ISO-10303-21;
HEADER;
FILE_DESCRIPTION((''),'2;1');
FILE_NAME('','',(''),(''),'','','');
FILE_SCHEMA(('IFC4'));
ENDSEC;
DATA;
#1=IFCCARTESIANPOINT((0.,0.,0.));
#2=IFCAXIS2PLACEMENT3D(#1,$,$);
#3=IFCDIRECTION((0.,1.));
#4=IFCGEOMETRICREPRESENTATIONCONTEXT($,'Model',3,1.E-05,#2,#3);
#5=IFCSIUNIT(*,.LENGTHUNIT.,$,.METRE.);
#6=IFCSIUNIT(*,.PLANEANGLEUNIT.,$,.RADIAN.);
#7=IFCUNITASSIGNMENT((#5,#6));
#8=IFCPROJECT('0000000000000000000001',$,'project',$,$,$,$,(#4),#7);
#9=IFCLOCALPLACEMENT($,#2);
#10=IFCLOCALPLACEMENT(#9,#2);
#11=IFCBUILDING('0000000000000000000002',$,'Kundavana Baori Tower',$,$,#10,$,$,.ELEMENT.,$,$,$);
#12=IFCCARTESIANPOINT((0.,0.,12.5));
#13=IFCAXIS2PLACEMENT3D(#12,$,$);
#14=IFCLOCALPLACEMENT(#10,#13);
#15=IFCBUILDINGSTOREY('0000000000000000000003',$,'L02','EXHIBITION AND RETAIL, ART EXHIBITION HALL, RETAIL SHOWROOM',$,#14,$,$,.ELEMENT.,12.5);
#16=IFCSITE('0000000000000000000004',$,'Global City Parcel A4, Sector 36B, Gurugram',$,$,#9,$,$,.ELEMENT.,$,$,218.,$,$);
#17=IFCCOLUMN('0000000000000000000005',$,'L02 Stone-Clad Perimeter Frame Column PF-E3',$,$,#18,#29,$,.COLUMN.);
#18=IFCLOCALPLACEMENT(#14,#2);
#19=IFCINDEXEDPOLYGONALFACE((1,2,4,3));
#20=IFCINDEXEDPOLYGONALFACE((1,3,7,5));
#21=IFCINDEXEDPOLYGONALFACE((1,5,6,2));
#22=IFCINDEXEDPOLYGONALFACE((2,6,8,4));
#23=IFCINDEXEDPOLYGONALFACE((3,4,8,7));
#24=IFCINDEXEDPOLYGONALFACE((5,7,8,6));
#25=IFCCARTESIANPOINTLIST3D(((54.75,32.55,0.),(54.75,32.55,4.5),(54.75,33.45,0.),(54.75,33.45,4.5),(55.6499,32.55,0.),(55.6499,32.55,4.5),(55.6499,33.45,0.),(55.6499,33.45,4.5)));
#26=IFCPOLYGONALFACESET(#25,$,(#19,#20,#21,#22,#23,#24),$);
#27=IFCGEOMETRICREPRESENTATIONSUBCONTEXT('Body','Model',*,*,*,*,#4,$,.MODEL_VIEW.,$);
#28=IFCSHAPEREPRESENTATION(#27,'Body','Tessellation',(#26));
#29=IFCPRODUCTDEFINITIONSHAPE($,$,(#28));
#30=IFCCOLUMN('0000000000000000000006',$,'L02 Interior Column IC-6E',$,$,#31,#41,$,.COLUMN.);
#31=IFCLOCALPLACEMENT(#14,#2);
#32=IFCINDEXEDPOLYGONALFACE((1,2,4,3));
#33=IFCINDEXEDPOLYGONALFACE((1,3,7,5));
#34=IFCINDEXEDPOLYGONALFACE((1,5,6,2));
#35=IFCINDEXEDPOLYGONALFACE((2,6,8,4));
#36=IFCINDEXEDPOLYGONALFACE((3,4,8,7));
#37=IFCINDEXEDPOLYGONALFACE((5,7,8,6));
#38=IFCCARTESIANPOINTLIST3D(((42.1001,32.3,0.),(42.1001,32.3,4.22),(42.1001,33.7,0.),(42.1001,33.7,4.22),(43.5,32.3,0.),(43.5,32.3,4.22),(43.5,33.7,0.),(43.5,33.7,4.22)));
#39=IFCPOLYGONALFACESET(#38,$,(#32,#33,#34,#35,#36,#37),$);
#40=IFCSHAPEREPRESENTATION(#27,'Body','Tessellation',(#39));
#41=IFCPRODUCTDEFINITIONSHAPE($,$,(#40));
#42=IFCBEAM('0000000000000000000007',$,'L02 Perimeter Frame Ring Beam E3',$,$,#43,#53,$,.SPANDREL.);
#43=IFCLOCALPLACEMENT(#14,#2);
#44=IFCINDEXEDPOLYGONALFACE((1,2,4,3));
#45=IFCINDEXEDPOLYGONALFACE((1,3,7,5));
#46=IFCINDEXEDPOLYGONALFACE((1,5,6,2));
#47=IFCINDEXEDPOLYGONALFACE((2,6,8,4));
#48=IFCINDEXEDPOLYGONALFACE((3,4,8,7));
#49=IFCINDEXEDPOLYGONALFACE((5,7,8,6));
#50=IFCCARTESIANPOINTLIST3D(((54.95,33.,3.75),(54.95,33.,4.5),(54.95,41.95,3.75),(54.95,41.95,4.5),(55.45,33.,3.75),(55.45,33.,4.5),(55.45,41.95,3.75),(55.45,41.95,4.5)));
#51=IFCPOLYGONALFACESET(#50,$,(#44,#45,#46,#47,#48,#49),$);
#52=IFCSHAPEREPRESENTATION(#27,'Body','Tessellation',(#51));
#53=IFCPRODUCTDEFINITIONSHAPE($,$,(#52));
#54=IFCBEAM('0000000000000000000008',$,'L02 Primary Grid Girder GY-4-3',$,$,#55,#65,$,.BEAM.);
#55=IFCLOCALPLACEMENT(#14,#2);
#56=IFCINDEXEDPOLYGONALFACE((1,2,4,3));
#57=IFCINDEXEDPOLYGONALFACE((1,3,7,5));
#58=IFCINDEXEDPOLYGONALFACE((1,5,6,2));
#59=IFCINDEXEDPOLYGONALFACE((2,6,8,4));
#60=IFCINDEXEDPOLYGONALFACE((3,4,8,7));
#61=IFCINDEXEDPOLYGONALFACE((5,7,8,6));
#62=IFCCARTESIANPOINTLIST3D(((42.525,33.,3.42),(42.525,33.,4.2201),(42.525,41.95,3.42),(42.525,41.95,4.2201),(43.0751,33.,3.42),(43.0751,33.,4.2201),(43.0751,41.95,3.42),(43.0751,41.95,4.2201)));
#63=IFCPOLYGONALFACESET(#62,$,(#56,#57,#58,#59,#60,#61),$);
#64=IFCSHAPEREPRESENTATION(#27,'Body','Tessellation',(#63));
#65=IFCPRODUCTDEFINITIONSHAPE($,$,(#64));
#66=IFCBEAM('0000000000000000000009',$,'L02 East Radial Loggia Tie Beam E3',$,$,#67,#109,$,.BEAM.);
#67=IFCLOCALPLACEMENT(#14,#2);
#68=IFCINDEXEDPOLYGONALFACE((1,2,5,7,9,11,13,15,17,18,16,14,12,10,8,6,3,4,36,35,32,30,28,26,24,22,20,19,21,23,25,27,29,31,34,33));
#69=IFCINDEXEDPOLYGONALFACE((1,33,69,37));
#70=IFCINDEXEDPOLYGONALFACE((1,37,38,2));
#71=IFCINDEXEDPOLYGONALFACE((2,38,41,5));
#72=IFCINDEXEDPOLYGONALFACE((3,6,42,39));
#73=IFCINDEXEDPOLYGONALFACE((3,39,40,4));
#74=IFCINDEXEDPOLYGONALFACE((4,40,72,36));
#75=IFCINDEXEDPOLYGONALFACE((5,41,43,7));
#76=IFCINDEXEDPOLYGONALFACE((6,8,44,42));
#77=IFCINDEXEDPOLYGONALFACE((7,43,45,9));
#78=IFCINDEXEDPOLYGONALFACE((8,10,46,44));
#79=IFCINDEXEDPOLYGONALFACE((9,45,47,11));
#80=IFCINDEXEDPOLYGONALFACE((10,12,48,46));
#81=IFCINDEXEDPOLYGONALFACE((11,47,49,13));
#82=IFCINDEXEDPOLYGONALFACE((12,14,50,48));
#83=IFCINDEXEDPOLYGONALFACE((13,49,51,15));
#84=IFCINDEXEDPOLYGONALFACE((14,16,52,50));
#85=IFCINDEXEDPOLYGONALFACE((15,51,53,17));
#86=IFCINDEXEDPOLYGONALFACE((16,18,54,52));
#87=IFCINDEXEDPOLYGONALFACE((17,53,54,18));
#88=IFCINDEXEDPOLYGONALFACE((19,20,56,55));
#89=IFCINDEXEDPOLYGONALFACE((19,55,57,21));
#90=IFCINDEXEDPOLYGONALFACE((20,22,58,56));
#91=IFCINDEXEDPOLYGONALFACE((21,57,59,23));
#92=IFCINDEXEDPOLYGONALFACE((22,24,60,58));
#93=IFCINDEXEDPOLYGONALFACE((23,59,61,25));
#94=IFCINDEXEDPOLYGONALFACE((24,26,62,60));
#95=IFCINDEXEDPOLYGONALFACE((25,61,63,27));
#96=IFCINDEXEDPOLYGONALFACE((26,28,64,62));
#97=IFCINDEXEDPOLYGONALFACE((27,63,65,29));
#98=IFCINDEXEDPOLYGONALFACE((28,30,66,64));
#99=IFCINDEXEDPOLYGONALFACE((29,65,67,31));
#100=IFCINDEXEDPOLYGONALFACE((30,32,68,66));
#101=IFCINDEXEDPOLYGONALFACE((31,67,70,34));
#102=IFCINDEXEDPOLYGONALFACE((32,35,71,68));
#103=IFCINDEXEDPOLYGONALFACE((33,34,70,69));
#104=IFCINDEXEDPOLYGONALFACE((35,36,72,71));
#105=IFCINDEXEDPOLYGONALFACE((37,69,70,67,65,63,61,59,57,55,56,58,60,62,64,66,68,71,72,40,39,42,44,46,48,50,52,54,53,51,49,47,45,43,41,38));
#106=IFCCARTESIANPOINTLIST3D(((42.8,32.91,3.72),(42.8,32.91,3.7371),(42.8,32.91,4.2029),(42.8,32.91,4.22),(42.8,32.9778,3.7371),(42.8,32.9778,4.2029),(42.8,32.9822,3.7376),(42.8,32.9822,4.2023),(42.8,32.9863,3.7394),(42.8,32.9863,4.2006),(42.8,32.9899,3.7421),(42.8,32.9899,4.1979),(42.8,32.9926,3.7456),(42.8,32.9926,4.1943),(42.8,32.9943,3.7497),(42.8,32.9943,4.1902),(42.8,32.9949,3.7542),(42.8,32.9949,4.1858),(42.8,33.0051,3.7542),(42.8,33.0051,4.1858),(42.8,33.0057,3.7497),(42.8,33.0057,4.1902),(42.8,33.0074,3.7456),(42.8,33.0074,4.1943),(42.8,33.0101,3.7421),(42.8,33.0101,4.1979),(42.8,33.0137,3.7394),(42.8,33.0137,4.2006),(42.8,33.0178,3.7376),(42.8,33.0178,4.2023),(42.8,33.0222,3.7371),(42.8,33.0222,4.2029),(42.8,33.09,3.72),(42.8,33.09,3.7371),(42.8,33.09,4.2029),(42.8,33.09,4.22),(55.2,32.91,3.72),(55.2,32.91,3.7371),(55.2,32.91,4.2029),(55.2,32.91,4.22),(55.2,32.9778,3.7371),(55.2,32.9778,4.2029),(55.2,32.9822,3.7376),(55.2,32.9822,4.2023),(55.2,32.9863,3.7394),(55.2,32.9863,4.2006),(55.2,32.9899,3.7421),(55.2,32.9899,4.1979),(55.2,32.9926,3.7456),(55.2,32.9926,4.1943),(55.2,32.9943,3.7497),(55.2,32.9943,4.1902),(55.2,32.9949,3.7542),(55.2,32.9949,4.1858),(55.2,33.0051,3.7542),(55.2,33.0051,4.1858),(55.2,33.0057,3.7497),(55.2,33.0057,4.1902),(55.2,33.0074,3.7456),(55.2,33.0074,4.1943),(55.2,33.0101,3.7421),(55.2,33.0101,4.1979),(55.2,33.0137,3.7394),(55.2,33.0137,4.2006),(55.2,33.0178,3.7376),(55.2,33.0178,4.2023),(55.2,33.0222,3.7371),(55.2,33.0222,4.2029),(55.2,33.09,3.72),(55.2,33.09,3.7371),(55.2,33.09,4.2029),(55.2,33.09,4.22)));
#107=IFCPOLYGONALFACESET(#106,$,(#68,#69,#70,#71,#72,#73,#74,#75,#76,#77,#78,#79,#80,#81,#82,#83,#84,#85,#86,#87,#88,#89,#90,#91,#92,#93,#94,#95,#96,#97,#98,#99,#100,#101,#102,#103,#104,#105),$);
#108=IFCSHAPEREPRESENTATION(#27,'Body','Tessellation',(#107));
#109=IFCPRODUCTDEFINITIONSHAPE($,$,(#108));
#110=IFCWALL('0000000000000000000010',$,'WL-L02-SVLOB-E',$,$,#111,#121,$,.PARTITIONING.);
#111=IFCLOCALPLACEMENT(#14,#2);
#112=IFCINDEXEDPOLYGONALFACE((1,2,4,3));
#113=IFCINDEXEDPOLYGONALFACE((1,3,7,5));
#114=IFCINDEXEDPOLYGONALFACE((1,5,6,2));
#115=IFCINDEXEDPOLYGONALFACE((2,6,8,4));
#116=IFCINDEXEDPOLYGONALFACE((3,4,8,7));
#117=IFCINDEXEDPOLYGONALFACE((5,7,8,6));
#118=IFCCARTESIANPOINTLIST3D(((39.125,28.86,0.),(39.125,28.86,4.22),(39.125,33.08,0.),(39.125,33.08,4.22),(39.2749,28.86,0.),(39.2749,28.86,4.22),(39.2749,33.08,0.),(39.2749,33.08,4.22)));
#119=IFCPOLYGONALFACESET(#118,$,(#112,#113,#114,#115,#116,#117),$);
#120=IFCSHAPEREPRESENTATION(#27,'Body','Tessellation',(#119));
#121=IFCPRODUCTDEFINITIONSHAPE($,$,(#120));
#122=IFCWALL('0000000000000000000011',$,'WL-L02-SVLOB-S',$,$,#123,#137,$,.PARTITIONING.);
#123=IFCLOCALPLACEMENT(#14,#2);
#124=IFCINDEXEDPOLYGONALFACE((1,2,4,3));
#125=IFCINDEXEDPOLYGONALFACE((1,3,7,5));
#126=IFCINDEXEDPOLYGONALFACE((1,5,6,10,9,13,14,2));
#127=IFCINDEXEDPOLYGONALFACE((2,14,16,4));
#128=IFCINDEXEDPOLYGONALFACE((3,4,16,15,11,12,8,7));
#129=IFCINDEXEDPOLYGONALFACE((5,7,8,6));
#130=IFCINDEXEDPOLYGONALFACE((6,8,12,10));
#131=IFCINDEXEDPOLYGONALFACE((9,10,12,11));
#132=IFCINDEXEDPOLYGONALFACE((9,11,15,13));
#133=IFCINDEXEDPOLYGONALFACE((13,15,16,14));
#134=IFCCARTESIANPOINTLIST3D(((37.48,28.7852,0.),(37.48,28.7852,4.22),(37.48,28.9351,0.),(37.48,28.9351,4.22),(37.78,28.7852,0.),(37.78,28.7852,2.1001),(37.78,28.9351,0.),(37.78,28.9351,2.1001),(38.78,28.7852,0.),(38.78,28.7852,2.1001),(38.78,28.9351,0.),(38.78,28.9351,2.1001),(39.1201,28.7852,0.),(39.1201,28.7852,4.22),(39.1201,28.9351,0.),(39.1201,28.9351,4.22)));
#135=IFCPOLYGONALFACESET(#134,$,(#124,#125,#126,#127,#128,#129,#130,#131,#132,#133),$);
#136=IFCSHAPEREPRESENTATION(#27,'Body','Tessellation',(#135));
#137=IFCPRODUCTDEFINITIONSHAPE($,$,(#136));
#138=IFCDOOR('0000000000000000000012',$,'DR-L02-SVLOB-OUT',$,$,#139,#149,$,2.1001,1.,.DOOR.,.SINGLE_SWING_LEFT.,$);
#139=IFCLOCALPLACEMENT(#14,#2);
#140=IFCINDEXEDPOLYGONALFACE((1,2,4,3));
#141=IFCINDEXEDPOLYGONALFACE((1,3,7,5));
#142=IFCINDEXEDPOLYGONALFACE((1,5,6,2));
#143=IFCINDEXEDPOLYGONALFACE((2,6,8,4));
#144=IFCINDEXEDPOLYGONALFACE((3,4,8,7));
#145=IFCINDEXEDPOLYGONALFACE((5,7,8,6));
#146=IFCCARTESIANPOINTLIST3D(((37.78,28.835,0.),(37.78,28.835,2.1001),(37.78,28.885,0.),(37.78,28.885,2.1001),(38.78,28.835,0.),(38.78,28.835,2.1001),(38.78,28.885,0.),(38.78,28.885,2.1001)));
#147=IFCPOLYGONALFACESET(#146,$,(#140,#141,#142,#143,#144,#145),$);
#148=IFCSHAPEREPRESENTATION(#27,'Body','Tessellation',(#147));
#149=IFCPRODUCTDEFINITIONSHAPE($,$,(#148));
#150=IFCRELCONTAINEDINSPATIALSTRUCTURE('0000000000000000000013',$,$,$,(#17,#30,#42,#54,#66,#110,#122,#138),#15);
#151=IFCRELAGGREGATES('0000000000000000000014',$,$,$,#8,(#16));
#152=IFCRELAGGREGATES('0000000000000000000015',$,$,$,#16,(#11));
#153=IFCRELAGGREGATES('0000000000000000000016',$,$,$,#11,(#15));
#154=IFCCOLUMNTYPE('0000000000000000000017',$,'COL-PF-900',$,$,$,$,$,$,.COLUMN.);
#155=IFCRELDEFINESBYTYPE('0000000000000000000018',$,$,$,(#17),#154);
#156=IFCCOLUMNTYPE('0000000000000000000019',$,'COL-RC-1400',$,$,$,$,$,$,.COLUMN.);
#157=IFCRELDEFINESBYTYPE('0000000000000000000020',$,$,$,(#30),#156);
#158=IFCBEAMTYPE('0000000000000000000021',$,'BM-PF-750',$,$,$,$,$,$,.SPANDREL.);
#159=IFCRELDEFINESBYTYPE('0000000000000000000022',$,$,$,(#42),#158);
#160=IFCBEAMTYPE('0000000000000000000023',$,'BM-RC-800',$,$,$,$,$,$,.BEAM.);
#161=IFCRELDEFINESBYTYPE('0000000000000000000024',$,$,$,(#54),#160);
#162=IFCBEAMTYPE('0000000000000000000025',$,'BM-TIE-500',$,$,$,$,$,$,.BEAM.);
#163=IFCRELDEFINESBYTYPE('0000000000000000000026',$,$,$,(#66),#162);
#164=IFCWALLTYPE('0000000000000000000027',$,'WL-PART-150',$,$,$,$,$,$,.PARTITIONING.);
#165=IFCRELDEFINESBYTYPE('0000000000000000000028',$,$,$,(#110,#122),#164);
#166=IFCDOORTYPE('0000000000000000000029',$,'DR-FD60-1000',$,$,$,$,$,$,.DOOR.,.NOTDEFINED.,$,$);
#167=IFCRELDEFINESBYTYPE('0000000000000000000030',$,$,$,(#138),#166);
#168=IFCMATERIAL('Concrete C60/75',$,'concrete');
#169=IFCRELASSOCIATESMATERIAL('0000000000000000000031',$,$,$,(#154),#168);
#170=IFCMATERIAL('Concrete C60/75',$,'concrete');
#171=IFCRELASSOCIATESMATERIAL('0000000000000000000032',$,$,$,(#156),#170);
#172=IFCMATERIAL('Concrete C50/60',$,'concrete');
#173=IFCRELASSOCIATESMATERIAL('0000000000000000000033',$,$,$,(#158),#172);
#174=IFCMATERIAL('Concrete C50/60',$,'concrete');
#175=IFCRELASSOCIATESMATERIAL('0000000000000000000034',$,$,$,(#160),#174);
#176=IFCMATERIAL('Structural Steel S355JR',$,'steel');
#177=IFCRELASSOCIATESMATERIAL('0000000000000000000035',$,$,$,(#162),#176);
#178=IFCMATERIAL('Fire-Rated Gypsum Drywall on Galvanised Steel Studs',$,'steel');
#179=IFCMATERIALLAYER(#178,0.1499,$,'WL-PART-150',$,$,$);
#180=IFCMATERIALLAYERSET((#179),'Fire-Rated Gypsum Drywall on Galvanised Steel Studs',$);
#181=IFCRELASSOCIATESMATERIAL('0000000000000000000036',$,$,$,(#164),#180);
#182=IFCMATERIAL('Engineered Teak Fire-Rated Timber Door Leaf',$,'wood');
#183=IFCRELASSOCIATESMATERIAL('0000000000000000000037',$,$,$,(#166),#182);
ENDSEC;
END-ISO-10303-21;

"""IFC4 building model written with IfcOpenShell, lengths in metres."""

from ifc_helpers import new_model, si_unit, direction, frame, frame_2d, origin, origin_2d, place, context, subcontext, project, spatial, rectangle, i_section, extrude, material, layer, layer_set, material_profile, profile_set, type_object, element, fill, save


model = new_model("IFC4")

# Units and contexts
model_context = context("Model", 3, precision=1e-05, world=origin(), true_north=direction((0.0, 1.0)))
body_context = subcontext(model_context, "Body", "Model", "MODEL_VIEW")
ifc_project = project(units=[si_unit("LENGTHUNIT", "METRE"), si_unit("PLANEANGLEUNIT", "RADIAN")], contexts=[model_context])

# Site, building, storey
site_placement = place(None, origin())
site = spatial("IfcSite", under=ifc_project, at=site_placement, Name="Global City Parcel A4, Sector 36B, Gurugram", CompositionType="ELEMENT", RefElevation=218.0)
building_placement = place(site_placement, origin())
building = spatial("IfcBuilding", under=site, at=building_placement, Name="Kundavana Baori Tower", CompositionType="ELEMENT")
storey_placement = place(building_placement, frame((0.0, 0.0, 12.5)))
storey = spatial("IfcBuildingStorey", under=building, at=storey_placement, Name="L02", Description="EXHIBITION AND RETAIL, ART EXHIBITION HALL, RETAIL SHOWROOM", CompositionType="ELEMENT", Elevation=12.5)

# Columns
ifc_material_1 = material(Name="Concrete C60/75", Category="concrete")
ifc_material_profile_1 = material_profile(ifc_material_1, rectangle(XDim=0.8999, YDim=0.8999, at=origin_2d()), Name="RC PF 900x900")
ifc_profile_set_1 = profile_set([ifc_material_profile_1], Name="Concrete C60/75")
column_type_1 = type_object("IfcColumnType", Name="COL-PF-900", PredefinedType="COLUMN", material=ifc_profile_set_1)
column_1_placement = place(storey_placement, frame((55.2, 33.0, 0.0), z_axis=(0.0, 0.0, 1.0), x_axis=(1.0, 0.0, 0.0)))
element("IfcColumn", 1, at=column_1_placement, inside=storey, type_object=column_type_1, Name="L02 Stone-Clad Perimeter Frame Column PF-E3", PredefinedType="COLUMN", context=body_context, shape_type="SweptSolid", body=[
    extrude(rectangle(XDim=0.8999, YDim=0.8999, at=origin_2d()), origin(), (0.0, 0.0, 1.0), 4.5),
])
ifc_material_2 = material(Name="Concrete C60/75", Category="concrete")
ifc_material_profile_2 = material_profile(ifc_material_2, rectangle(XDim=1.3999, YDim=1.3999, at=origin_2d()), Name="RC 1400x1400")
ifc_profile_set_2 = profile_set([ifc_material_profile_2], Name="Concrete C60/75")
column_type_2 = type_object("IfcColumnType", Name="COL-RC-1400", PredefinedType="COLUMN", material=ifc_profile_set_2)
column_2_placement = place(storey_placement, frame((42.8, 33.0, 0.0), z_axis=(0.0, 0.0, 1.0), x_axis=(1.0, 0.0, 0.0)))
element("IfcColumn", 2, at=column_2_placement, inside=storey, type_object=column_type_2, Name="L02 Interior Column IC-6E", PredefinedType="COLUMN", context=body_context, shape_type="SweptSolid", body=[
    extrude(rectangle(XDim=1.3999, YDim=1.3999, at=origin_2d()), origin(), (0.0, 0.0, 1.0), 4.22),
])

# Beams
ifc_material_3 = material(Name="Concrete C50/60", Category="concrete")
ifc_material_profile_3 = material_profile(ifc_material_3, rectangle(XDim=0.5, YDim=0.75, at=origin_2d()), Name="RC BM 500x750")
ifc_profile_set_3 = profile_set([ifc_material_profile_3], Name="Concrete C50/60")
beam_type_1 = type_object("IfcBeamType", Name="BM-PF-750", PredefinedType="SPANDREL", material=ifc_profile_set_3)
beam_1_placement = place(storey_placement, frame((55.2, 33.0, 4.125), z_axis=(0.0, 1.0, 0.0), x_axis=(-1.0, 0.0, 0.0)))
element("IfcBeam", 3, at=beam_1_placement, inside=storey, type_object=beam_type_1, Name="L02 Perimeter Frame Ring Beam E3", PredefinedType="SPANDREL", context=body_context, shape_type="SweptSolid", body=[
    extrude(rectangle(XDim=0.5, YDim=0.75, at=origin_2d()), origin(), (0.0, 0.0, 1.0), 8.95),
])
ifc_material_4 = material(Name="Concrete C50/60", Category="concrete")
ifc_material_profile_4 = material_profile(ifc_material_4, rectangle(XDim=0.55, YDim=0.8, at=origin_2d()), Name="RC BM 550x800")
ifc_profile_set_4 = profile_set([ifc_material_profile_4], Name="Concrete C50/60")
beam_type_2 = type_object("IfcBeamType", Name="BM-RC-800", PredefinedType="BEAM", material=ifc_profile_set_4)
beam_2_placement = place(storey_placement, frame((42.8, 33.0, 3.8201), z_axis=(0.0, 1.0, 0.0), x_axis=(-1.0, 0.0, 0.0)))
element("IfcBeam", 4, at=beam_2_placement, inside=storey, type_object=beam_type_2, Name="L02 Primary Grid Girder GY-4-3", PredefinedType="BEAM", context=body_context, shape_type="SweptSolid", body=[
    extrude(rectangle(XDim=0.55, YDim=0.8, at=origin_2d()), origin(), (0.0, 0.0, 1.0), 8.95),
])
ifc_material_5 = material(Name="Structural Steel S355JR", Category="steel")
ifc_material_profile_5 = material_profile(ifc_material_5, i_section(OverallWidth=0.1799, OverallDepth=0.5, WebThickness=0.0103, FlangeThickness=0.0171, FilletRadius=0.0171, at=origin_2d()), Name="ISMB 500")
ifc_profile_set_5 = profile_set([ifc_material_profile_5], Name="Structural Steel S355JR")
beam_type_3 = type_object("IfcBeamType", Name="BM-TIE-500", PredefinedType="BEAM", material=ifc_profile_set_5)
beam_3_placement = place(storey_placement, frame((42.8, 33.0, 3.97), z_axis=(1.0, 0.0, 0.0), x_axis=(0.0, 1.0, 0.0)))
element("IfcBeam", 5, at=beam_3_placement, inside=storey, type_object=beam_type_3, Name="L02 East Radial Loggia Tie Beam E3", PredefinedType="BEAM", context=body_context, shape_type="SweptSolid", body=[
    extrude(i_section(OverallWidth=0.1799, OverallDepth=0.5, WebThickness=0.0103, FlangeThickness=0.0171, FilletRadius=0.0171, at=origin_2d()), origin(), (0.0, 0.0, 1.0), 12.3999),
])

# Wall
ifc_material_6 = material(Name="Fire-Rated Gypsum Drywall on Galvanised Steel Studs", Category="steel")
ifc_layer_1 = layer(ifc_material_6, 0.1499, Name="WL-PART-150")
ifc_layer_set_1 = layer_set([ifc_layer_1], Name="Fire-Rated Gypsum Drywall on Galvanised Steel Studs")
wall_type_1 = type_object("IfcWallType", Name="WL-PART-150", PredefinedType="PARTITIONING", material=ifc_layer_set_1)
wall_1_placement = place(storey_placement, frame((39.2, 28.8601, 0.0), z_axis=(0.0, 0.0, 1.0), x_axis=(0.0, 1.0, 0.0)))
element("IfcWall", 6, at=wall_1_placement, inside=storey, type_object=wall_type_1, Name="WL-L02-SVLOB-E", PredefinedType="PARTITIONING", context=body_context, shape_type="SweptSolid", body=[
    extrude(rectangle(XDim=4.22, YDim=0.1499, at=frame_2d((2.1099, 0.0))), origin(), (0.0, 0.0, 1.0), 4.22),
])

# Wall, opening, door
wall_2_placement = place(storey_placement, frame((37.48, 28.8601, 0.0), z_axis=(0.0, 0.0, 1.0), x_axis=(1.0, 0.0, 0.0)))
wall_2 = element("IfcWall", 7, at=wall_2_placement, inside=storey, type_object=wall_type_1, Name="WL-L02-SVLOB-S", PredefinedType="PARTITIONING", context=body_context, shape_type="SweptSolid", body=[
    extrude(rectangle(XDim=1.6401, YDim=0.1499, at=frame_2d((0.8201, 0.0))), origin(), (0.0, 0.0, 1.0), 4.22),
])
opening_1_placement = place(wall_2_placement, frame((0.3, 0.0, 0.0)))
opening_1 = element("IfcOpeningElement", 8, at=opening_1_placement, cuts=wall_2, PredefinedType="OPENING", context=body_context, shape_type="SweptSolid", body=[
    extrude(rectangle(XDim=1.0, YDim=2.1001, at=frame_2d((0.5, 1.05))), frame((0.0, 0.085, 0.0), z_axis=(0.0, -1.0, 0.0), x_axis=(1.0, 0.0, 0.0)), (0.0, 0.0, 1.0), 0.1699),
])
ifc_material_7 = material(Name="Engineered Teak Fire-Rated Timber Door Leaf", Category="wood")
door_type_1 = type_object("IfcDoorType", Name="DR-FD60-1000", OperationType="NOTDEFINED", PredefinedType="DOOR", material=ifc_material_7)
door_1_placement = place(opening_1_placement, origin())
door_1 = element("IfcDoor", 9, at=door_1_placement, inside=storey, type_object=door_type_1, Name="DR-L02-SVLOB-OUT", OperationType="SINGLE_SWING_LEFT", OverallHeight=2.1001, OverallWidth=1.0, PredefinedType="DOOR", context=body_context, shape_type="SweptSolid", body=[
    extrude(rectangle(XDim=1.0, YDim=2.1001, at=frame_2d((0.5, 1.05))), frame((0.0, 0.0249, 0.0), z_axis=(0.0, -1.0, 0.0), x_axis=(1.0, 0.0, 0.0)), (0.0, 0.0, 1.0), 0.05),
])
fill(opening_1, door_1)

save(model, "model.ifc")
